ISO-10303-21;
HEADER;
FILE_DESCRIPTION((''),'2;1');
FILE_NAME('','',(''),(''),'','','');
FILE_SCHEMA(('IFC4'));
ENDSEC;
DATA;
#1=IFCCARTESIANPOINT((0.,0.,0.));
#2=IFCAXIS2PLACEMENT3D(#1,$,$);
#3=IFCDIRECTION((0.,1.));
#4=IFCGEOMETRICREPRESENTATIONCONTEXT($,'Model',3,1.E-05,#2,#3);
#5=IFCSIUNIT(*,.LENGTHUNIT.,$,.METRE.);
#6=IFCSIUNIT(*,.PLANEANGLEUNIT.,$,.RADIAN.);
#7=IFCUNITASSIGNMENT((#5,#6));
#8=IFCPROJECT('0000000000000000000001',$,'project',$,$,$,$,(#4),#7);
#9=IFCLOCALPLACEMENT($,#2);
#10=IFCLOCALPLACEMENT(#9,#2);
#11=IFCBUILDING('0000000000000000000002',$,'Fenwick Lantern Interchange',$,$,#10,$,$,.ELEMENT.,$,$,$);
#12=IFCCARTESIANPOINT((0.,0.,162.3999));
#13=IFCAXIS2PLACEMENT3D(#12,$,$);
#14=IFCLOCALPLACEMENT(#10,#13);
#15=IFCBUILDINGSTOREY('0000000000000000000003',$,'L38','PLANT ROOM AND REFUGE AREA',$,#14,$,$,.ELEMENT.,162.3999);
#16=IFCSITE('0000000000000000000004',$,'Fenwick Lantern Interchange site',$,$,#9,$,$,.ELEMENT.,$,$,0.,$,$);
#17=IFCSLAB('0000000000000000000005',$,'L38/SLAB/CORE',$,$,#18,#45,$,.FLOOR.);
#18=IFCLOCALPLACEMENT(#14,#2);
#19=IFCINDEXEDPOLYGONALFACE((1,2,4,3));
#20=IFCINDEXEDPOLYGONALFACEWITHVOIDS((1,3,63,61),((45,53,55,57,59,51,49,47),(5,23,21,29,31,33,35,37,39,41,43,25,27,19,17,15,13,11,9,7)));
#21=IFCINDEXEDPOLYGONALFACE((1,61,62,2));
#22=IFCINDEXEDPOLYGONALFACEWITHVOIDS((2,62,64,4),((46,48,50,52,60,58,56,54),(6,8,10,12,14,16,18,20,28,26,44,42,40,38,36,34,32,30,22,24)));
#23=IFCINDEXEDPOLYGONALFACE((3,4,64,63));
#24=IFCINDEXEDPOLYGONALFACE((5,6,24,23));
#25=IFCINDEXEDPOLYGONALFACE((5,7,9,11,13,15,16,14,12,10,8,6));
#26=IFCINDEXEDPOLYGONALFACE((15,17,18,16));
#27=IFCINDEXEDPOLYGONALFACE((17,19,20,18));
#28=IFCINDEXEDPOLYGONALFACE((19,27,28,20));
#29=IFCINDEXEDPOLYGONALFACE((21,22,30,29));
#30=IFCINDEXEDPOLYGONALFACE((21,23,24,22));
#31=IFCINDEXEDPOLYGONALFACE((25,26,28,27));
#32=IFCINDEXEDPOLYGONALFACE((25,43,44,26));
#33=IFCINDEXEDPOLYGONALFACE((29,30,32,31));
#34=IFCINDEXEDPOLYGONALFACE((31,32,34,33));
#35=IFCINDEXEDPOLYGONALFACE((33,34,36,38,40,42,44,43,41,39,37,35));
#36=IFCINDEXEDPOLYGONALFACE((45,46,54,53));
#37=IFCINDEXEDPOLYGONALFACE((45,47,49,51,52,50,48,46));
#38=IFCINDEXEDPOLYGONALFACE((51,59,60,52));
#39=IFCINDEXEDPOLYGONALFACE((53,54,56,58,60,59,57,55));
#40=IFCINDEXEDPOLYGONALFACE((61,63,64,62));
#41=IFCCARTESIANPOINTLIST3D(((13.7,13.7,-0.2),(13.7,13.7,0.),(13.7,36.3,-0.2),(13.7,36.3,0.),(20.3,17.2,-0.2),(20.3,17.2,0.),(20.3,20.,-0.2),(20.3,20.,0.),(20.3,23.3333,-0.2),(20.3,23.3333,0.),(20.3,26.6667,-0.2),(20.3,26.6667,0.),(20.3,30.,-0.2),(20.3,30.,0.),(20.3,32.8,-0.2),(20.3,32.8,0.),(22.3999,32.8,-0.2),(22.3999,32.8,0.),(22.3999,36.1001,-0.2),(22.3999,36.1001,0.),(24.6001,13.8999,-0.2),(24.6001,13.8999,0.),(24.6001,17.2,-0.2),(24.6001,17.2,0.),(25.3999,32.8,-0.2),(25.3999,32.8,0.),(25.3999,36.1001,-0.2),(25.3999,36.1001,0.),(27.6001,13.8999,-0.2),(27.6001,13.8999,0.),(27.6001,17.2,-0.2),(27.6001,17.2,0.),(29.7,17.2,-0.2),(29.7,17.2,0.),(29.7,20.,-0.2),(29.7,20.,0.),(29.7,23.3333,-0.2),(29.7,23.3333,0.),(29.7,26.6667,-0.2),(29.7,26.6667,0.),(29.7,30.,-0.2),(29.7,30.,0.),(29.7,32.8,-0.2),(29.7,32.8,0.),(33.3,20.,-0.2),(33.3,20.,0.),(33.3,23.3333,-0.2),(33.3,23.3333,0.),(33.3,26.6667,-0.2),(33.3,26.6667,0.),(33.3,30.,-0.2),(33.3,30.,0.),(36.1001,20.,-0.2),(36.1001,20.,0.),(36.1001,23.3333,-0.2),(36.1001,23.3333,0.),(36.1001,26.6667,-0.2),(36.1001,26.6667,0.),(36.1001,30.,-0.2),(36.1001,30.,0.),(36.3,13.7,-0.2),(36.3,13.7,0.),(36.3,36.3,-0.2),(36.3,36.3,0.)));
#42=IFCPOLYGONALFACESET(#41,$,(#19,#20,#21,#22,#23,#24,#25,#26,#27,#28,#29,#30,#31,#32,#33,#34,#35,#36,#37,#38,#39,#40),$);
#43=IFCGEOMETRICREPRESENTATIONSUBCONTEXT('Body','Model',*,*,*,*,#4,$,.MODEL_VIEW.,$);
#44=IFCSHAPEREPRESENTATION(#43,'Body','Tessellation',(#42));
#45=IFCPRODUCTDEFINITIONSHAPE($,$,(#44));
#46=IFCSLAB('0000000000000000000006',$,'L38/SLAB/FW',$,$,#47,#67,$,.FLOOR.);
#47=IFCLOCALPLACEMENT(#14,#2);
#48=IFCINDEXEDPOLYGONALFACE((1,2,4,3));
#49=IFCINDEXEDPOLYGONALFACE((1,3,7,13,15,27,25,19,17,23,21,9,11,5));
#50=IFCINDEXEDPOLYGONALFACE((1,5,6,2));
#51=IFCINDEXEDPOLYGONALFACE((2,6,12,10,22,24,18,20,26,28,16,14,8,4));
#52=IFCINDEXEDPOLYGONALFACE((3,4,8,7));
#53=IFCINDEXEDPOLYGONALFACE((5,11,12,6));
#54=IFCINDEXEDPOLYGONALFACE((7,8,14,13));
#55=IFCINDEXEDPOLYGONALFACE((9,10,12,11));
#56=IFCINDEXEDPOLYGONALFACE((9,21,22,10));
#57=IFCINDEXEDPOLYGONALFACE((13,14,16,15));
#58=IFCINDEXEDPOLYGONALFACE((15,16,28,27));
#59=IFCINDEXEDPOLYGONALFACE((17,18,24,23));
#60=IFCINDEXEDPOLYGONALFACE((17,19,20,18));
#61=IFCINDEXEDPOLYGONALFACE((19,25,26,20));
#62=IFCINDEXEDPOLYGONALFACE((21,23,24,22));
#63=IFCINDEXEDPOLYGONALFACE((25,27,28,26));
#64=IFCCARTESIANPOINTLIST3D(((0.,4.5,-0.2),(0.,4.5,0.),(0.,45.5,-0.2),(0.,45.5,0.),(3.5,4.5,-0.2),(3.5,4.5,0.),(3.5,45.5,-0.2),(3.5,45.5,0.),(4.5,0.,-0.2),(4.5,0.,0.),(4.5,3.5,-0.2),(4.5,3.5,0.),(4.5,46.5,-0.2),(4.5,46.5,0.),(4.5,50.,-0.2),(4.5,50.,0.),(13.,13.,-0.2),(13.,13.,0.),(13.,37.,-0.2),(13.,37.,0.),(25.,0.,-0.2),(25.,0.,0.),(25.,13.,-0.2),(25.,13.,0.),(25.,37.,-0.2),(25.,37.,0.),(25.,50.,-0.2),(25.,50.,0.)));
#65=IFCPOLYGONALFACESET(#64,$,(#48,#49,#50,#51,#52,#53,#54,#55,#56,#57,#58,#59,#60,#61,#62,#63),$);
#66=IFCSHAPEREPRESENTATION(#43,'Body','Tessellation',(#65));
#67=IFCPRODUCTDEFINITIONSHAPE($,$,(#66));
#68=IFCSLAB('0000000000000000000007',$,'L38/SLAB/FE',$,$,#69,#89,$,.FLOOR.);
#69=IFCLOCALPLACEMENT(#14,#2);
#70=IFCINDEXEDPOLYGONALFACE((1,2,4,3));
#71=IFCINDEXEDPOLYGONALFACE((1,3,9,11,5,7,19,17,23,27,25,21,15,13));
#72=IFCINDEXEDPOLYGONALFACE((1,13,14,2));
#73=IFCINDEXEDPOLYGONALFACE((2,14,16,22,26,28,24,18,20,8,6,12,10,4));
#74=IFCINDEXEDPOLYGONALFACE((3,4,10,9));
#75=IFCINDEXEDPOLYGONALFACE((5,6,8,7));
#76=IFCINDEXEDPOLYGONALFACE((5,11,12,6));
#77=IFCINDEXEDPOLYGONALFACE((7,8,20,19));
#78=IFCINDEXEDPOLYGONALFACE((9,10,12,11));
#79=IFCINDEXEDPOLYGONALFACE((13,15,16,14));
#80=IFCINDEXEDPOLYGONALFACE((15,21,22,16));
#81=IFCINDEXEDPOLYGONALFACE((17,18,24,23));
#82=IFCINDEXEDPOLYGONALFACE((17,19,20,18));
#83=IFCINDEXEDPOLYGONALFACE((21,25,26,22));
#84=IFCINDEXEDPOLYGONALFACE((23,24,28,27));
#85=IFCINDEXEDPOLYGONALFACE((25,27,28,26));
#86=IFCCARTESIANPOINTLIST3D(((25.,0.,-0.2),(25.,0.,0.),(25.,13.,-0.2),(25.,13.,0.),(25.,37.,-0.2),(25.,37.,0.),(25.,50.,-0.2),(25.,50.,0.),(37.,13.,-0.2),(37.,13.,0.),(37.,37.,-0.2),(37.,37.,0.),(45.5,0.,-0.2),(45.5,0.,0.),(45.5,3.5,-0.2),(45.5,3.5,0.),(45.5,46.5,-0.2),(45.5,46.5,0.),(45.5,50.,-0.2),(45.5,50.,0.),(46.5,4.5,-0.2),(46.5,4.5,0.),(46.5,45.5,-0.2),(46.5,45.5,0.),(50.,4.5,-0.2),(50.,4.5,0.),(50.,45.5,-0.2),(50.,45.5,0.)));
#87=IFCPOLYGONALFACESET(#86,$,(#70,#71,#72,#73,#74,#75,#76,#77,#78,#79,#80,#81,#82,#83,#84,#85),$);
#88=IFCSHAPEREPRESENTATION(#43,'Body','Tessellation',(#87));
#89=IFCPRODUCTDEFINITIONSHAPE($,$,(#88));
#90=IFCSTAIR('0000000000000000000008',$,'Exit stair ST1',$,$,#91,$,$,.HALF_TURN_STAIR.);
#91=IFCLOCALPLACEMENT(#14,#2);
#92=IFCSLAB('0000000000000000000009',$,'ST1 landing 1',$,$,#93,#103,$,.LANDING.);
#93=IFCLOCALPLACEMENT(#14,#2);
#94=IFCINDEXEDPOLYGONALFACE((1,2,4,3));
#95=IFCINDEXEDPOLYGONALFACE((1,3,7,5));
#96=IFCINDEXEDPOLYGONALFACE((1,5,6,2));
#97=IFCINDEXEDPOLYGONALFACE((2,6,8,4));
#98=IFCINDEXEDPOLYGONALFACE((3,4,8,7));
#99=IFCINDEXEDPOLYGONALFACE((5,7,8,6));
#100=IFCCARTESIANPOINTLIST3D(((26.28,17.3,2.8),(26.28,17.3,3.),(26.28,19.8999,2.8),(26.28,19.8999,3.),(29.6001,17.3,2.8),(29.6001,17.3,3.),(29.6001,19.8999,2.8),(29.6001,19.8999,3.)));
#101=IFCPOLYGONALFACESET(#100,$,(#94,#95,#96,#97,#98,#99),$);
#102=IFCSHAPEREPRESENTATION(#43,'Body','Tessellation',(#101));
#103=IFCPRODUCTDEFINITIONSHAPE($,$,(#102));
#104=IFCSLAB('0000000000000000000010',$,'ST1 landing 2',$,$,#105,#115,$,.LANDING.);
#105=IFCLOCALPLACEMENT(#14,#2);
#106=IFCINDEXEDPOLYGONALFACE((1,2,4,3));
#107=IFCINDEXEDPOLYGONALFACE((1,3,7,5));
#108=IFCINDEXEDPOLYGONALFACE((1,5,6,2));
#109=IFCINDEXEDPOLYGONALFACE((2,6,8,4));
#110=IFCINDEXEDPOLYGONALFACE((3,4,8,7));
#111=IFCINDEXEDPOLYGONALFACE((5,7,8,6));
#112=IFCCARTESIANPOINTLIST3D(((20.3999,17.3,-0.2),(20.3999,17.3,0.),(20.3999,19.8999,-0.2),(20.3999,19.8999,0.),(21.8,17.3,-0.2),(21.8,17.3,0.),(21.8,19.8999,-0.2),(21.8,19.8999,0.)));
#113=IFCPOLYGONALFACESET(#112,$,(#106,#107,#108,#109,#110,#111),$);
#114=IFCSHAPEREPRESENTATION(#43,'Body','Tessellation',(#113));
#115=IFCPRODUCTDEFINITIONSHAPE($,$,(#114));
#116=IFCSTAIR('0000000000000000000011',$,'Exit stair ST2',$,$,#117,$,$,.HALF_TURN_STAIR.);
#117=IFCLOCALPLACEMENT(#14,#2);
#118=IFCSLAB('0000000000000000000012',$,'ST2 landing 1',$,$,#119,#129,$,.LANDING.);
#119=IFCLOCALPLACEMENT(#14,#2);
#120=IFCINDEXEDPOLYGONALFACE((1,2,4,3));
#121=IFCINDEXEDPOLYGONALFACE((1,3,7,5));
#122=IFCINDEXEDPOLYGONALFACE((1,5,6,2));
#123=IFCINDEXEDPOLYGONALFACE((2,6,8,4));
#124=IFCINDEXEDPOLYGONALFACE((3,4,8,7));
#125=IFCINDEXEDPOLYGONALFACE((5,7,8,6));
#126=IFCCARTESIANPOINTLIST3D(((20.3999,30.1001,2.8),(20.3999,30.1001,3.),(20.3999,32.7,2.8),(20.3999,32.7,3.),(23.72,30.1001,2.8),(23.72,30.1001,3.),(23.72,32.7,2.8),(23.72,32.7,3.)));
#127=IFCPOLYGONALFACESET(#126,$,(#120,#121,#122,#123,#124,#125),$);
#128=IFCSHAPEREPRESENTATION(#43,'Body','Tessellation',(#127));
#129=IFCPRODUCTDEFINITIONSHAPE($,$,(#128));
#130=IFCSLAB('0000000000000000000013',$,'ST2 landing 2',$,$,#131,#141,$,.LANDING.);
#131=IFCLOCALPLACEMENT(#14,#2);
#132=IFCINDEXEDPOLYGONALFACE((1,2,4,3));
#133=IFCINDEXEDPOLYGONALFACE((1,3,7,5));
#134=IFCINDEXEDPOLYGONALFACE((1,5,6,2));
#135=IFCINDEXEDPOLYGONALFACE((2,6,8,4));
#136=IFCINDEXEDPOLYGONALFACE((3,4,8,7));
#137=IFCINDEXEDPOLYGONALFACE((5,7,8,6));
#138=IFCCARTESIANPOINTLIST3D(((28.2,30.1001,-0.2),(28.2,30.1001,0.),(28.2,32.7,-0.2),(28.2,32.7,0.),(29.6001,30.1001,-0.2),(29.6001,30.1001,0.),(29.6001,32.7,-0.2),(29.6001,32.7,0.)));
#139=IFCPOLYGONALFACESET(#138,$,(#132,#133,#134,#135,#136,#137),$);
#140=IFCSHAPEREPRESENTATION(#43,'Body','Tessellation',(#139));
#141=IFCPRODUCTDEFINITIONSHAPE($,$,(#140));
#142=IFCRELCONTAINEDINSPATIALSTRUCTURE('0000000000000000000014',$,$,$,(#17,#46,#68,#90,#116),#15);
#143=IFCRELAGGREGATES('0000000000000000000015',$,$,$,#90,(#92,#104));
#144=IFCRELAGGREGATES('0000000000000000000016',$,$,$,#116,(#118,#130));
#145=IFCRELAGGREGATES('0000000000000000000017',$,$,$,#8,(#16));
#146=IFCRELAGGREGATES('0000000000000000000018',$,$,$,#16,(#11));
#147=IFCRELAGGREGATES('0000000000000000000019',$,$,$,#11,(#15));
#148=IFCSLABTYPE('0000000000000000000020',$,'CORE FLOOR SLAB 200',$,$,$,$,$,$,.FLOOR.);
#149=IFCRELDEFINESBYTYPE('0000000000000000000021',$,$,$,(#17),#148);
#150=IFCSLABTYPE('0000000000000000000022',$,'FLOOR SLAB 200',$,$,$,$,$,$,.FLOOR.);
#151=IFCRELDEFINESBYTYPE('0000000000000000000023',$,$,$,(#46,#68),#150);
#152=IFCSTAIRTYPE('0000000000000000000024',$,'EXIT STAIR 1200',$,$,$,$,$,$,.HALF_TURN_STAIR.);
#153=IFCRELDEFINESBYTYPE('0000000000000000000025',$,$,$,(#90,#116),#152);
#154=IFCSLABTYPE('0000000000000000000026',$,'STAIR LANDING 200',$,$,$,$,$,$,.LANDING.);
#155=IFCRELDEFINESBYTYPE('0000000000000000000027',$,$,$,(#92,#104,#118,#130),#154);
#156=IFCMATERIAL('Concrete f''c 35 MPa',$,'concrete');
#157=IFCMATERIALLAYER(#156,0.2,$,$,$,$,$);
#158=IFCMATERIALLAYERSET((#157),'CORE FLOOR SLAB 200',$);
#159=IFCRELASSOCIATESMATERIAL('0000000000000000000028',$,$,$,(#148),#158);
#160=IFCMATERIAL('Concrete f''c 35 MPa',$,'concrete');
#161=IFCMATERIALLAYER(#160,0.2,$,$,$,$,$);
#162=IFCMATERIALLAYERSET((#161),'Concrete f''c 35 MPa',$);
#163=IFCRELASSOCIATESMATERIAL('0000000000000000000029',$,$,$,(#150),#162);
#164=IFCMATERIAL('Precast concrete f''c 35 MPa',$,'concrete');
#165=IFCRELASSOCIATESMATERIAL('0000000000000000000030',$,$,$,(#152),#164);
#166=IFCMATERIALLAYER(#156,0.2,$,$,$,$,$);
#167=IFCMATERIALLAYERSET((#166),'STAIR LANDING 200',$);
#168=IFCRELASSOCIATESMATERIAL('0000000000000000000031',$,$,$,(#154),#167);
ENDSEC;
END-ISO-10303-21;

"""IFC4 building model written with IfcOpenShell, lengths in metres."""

from ifc_helpers import new_model, si_unit, direction, frame, origin, place, context, subcontext, project, spatial, polyline, outline, extrude, material, layer, layer_set, type_object, element, aggregate, save


model = new_model("IFC4")

# Units and contexts
model_context = context("Model", 3, precision=1e-05, world=origin(), true_north=direction((0.0, 1.0)))
body_context = subcontext(model_context, "Body", "Model", "MODEL_VIEW")
ifc_project = project(units=[si_unit("LENGTHUNIT", "METRE"), si_unit("PLANEANGLEUNIT", "RADIAN")], contexts=[model_context])

# Site, building, storey
site_placement = place(None, origin())
site = spatial("IfcSite", under=ifc_project, at=site_placement, Name="Fenwick Lantern Interchange site", CompositionType="ELEMENT", RefElevation=0.0)
building_placement = place(site_placement, origin())
building = spatial("IfcBuilding", under=site, at=building_placement, Name="Fenwick Lantern Interchange", CompositionType="ELEMENT")
storey_placement = place(building_placement, frame((0.0, 0.0, 162.3999)))
storey = spatial("IfcBuildingStorey", under=building, at=storey_placement, Name="L38", Description="PLANT ROOM AND REFUGE AREA", CompositionType="ELEMENT", Elevation=162.3999)

# Slabs
ifc_material_1 = material(Name="Concrete f'c 35 MPa", Category="concrete")
ifc_layer_1 = layer(ifc_material_1, 0.2)
ifc_layer_set_1 = layer_set([ifc_layer_1], Name="CORE FLOOR SLAB 200")
slab_type_1 = type_object("IfcSlabType", Name="CORE FLOOR SLAB 200", PredefinedType="FLOOR", material=ifc_layer_set_1)
slab_1_placement = place(storey_placement, frame((0.0, 0.0, -0.2)))
element("IfcSlab", 1, at=slab_1_placement, inside=storey, type_object=slab_type_1, Name="L38/SLAB/CORE", PredefinedType="FLOOR", context=body_context, shape_type="SweptSolid", body=[
    extrude(outline(polyline([(13.7, 36.3), (36.3, 36.3), (36.3, 13.7), (13.7, 13.7), (13.7, 36.3)]), holes=[polyline([(29.7, 17.2), (29.7, 20.0), (29.7, 23.3333), (29.7, 26.6667), (29.7, 30.0), (29.7, 32.8), (25.3999, 32.8), (25.3999, 36.1001), (22.3999, 36.1001), (22.3999, 32.8), (20.3, 32.8), (20.3, 30.0), (20.3, 26.6667), (20.3, 23.3333), (20.3, 20.0), (20.3, 17.2), (24.6001, 17.2), (24.6001, 13.8999), (27.6001, 13.8999), (27.6001, 17.2), (29.7, 17.2)]), polyline([(33.3, 23.3333), (33.3, 20.0), (36.1001, 20.0), (36.1001, 23.3333), (36.1001, 26.6667), (36.1001, 30.0), (33.3, 30.0), (33.3, 26.6667), (33.3, 23.3333)])]), origin(), (0.0, 0.0, 1.0), 0.2),
])
ifc_material_2 = material(Name="Concrete f'c 35 MPa", Category="concrete")
ifc_layer_2 = layer(ifc_material_2, 0.2)
ifc_layer_set_2 = layer_set([ifc_layer_2], Name="Concrete f'c 35 MPa")
slab_type_2 = type_object("IfcSlabType", Name="FLOOR SLAB 200", PredefinedType="FLOOR", material=ifc_layer_set_2)
slab_2_placement = place(storey_placement, frame((0.0, 0.0, -0.2)))
element("IfcSlab", 2, at=slab_2_placement, inside=storey, type_object=slab_type_2, Name="L38/SLAB/FW", PredefinedType="FLOOR", context=body_context, shape_type="SweptSolid", body=[
    extrude(outline(polyline([(4.5, 0.0), (4.5, 3.5), (3.5, 4.5), (0.0, 4.5), (0.0, 45.5), (3.5, 45.5), (4.5, 46.5), (4.5, 50.0), (25.0, 50.0), (25.0, 37.0), (13.0, 37.0), (13.0, 13.0), (25.0, 13.0), (25.0, 0.0), (4.5, 0.0)])), origin(), (0.0, 0.0, 1.0), 0.2),
])
slab_3_placement = place(storey_placement, frame((0.0, 0.0, -0.2)))
element("IfcSlab", 3, at=slab_3_placement, inside=storey, type_object=slab_type_2, Name="L38/SLAB/FE", PredefinedType="FLOOR", context=body_context, shape_type="SweptSolid", body=[
    extrude(outline(polyline([(45.5, 50.0), (45.5, 46.5), (46.5, 45.5), (50.0, 45.5), (50.0, 4.5), (46.5, 4.5), (45.5, 3.5), (45.5, 0.0), (25.0, 0.0), (25.0, 13.0), (37.0, 13.0), (37.0, 37.0), (25.0, 37.0), (25.0, 50.0), (45.5, 50.0)])), origin(), (0.0, 0.0, 1.0), 0.2),
])

# Stairs, slabs
ifc_material_3 = material(Name="Precast concrete f'c 35 MPa", Category="concrete")
stair_type = type_object("IfcStairType", Name="EXIT STAIR 1200", PredefinedType="HALF_TURN_STAIR", material=ifc_material_3)
stair_1_placement = place(storey_placement, origin())
stair_1 = element("IfcStair", 4, at=stair_1_placement, inside=storey, type_object=stair_type, Name="Exit stair ST1", PredefinedType="HALF_TURN_STAIR")
ifc_layer_3 = layer(ifc_material_1, 0.2)
ifc_layer_set_3 = layer_set([ifc_layer_3], Name="STAIR LANDING 200")
slab_type_3 = type_object("IfcSlabType", Name="STAIR LANDING 200", PredefinedType="LANDING", material=ifc_layer_set_3)
slab_4_placement = place(storey_placement, frame((0.0, 0.0, 2.8)))
slab_4 = element("IfcSlab", 5, at=slab_4_placement, type_object=slab_type_3, Name="ST1 landing 1", PredefinedType="LANDING", context=body_context, shape_type="SweptSolid", body=[
    extrude(outline(polyline([(26.28, 17.3), (29.6001, 17.3), (29.6001, 19.8999), (26.28, 19.8999), (26.28, 17.3)])), origin(), (0.0, 0.0, 1.0), 0.2),
])
slab_5_placement = place(storey_placement, frame((0.0, 0.0, -0.2)))
slab_5 = element("IfcSlab", 6, at=slab_5_placement, type_object=slab_type_3, Name="ST1 landing 2", PredefinedType="LANDING", context=body_context, shape_type="SweptSolid", body=[
    extrude(outline(polyline([(20.3999, 17.3), (21.8, 17.3), (21.8, 19.8999), (20.3999, 19.8999), (20.3999, 17.3)])), origin(), (0.0, 0.0, 1.0), 0.2),
])
aggregate(stair_1, [slab_4, slab_5])
stair_2_placement = place(storey_placement, origin())
stair_2 = element("IfcStair", 7, at=stair_2_placement, inside=storey, type_object=stair_type, Name="Exit stair ST2", PredefinedType="HALF_TURN_STAIR")
slab_6_placement = place(storey_placement, frame((0.0, 0.0, 2.8)))
slab_6 = element("IfcSlab", 8, at=slab_6_placement, type_object=slab_type_3, Name="ST2 landing 1", PredefinedType="LANDING", context=body_context, shape_type="SweptSolid", body=[
    extrude(outline(polyline([(23.72, 32.7), (20.3999, 32.7), (20.3999, 30.1001), (23.72, 30.1001), (23.72, 32.7)])), origin(), (0.0, 0.0, 1.0), 0.2),
])
slab_7_placement = place(storey_placement, frame((0.0, 0.0, -0.2)))
slab_7 = element("IfcSlab", 9, at=slab_7_placement, type_object=slab_type_3, Name="ST2 landing 2", PredefinedType="LANDING", context=body_context, shape_type="SweptSolid", body=[
    extrude(outline(polyline([(29.6001, 32.7), (28.2, 32.7), (28.2, 30.1001), (29.6001, 30.1001), (29.6001, 32.7)])), origin(), (0.0, 0.0, 1.0), 0.2),
])
aggregate(stair_2, [slab_6, slab_7])

save(model, "model.ifc")
